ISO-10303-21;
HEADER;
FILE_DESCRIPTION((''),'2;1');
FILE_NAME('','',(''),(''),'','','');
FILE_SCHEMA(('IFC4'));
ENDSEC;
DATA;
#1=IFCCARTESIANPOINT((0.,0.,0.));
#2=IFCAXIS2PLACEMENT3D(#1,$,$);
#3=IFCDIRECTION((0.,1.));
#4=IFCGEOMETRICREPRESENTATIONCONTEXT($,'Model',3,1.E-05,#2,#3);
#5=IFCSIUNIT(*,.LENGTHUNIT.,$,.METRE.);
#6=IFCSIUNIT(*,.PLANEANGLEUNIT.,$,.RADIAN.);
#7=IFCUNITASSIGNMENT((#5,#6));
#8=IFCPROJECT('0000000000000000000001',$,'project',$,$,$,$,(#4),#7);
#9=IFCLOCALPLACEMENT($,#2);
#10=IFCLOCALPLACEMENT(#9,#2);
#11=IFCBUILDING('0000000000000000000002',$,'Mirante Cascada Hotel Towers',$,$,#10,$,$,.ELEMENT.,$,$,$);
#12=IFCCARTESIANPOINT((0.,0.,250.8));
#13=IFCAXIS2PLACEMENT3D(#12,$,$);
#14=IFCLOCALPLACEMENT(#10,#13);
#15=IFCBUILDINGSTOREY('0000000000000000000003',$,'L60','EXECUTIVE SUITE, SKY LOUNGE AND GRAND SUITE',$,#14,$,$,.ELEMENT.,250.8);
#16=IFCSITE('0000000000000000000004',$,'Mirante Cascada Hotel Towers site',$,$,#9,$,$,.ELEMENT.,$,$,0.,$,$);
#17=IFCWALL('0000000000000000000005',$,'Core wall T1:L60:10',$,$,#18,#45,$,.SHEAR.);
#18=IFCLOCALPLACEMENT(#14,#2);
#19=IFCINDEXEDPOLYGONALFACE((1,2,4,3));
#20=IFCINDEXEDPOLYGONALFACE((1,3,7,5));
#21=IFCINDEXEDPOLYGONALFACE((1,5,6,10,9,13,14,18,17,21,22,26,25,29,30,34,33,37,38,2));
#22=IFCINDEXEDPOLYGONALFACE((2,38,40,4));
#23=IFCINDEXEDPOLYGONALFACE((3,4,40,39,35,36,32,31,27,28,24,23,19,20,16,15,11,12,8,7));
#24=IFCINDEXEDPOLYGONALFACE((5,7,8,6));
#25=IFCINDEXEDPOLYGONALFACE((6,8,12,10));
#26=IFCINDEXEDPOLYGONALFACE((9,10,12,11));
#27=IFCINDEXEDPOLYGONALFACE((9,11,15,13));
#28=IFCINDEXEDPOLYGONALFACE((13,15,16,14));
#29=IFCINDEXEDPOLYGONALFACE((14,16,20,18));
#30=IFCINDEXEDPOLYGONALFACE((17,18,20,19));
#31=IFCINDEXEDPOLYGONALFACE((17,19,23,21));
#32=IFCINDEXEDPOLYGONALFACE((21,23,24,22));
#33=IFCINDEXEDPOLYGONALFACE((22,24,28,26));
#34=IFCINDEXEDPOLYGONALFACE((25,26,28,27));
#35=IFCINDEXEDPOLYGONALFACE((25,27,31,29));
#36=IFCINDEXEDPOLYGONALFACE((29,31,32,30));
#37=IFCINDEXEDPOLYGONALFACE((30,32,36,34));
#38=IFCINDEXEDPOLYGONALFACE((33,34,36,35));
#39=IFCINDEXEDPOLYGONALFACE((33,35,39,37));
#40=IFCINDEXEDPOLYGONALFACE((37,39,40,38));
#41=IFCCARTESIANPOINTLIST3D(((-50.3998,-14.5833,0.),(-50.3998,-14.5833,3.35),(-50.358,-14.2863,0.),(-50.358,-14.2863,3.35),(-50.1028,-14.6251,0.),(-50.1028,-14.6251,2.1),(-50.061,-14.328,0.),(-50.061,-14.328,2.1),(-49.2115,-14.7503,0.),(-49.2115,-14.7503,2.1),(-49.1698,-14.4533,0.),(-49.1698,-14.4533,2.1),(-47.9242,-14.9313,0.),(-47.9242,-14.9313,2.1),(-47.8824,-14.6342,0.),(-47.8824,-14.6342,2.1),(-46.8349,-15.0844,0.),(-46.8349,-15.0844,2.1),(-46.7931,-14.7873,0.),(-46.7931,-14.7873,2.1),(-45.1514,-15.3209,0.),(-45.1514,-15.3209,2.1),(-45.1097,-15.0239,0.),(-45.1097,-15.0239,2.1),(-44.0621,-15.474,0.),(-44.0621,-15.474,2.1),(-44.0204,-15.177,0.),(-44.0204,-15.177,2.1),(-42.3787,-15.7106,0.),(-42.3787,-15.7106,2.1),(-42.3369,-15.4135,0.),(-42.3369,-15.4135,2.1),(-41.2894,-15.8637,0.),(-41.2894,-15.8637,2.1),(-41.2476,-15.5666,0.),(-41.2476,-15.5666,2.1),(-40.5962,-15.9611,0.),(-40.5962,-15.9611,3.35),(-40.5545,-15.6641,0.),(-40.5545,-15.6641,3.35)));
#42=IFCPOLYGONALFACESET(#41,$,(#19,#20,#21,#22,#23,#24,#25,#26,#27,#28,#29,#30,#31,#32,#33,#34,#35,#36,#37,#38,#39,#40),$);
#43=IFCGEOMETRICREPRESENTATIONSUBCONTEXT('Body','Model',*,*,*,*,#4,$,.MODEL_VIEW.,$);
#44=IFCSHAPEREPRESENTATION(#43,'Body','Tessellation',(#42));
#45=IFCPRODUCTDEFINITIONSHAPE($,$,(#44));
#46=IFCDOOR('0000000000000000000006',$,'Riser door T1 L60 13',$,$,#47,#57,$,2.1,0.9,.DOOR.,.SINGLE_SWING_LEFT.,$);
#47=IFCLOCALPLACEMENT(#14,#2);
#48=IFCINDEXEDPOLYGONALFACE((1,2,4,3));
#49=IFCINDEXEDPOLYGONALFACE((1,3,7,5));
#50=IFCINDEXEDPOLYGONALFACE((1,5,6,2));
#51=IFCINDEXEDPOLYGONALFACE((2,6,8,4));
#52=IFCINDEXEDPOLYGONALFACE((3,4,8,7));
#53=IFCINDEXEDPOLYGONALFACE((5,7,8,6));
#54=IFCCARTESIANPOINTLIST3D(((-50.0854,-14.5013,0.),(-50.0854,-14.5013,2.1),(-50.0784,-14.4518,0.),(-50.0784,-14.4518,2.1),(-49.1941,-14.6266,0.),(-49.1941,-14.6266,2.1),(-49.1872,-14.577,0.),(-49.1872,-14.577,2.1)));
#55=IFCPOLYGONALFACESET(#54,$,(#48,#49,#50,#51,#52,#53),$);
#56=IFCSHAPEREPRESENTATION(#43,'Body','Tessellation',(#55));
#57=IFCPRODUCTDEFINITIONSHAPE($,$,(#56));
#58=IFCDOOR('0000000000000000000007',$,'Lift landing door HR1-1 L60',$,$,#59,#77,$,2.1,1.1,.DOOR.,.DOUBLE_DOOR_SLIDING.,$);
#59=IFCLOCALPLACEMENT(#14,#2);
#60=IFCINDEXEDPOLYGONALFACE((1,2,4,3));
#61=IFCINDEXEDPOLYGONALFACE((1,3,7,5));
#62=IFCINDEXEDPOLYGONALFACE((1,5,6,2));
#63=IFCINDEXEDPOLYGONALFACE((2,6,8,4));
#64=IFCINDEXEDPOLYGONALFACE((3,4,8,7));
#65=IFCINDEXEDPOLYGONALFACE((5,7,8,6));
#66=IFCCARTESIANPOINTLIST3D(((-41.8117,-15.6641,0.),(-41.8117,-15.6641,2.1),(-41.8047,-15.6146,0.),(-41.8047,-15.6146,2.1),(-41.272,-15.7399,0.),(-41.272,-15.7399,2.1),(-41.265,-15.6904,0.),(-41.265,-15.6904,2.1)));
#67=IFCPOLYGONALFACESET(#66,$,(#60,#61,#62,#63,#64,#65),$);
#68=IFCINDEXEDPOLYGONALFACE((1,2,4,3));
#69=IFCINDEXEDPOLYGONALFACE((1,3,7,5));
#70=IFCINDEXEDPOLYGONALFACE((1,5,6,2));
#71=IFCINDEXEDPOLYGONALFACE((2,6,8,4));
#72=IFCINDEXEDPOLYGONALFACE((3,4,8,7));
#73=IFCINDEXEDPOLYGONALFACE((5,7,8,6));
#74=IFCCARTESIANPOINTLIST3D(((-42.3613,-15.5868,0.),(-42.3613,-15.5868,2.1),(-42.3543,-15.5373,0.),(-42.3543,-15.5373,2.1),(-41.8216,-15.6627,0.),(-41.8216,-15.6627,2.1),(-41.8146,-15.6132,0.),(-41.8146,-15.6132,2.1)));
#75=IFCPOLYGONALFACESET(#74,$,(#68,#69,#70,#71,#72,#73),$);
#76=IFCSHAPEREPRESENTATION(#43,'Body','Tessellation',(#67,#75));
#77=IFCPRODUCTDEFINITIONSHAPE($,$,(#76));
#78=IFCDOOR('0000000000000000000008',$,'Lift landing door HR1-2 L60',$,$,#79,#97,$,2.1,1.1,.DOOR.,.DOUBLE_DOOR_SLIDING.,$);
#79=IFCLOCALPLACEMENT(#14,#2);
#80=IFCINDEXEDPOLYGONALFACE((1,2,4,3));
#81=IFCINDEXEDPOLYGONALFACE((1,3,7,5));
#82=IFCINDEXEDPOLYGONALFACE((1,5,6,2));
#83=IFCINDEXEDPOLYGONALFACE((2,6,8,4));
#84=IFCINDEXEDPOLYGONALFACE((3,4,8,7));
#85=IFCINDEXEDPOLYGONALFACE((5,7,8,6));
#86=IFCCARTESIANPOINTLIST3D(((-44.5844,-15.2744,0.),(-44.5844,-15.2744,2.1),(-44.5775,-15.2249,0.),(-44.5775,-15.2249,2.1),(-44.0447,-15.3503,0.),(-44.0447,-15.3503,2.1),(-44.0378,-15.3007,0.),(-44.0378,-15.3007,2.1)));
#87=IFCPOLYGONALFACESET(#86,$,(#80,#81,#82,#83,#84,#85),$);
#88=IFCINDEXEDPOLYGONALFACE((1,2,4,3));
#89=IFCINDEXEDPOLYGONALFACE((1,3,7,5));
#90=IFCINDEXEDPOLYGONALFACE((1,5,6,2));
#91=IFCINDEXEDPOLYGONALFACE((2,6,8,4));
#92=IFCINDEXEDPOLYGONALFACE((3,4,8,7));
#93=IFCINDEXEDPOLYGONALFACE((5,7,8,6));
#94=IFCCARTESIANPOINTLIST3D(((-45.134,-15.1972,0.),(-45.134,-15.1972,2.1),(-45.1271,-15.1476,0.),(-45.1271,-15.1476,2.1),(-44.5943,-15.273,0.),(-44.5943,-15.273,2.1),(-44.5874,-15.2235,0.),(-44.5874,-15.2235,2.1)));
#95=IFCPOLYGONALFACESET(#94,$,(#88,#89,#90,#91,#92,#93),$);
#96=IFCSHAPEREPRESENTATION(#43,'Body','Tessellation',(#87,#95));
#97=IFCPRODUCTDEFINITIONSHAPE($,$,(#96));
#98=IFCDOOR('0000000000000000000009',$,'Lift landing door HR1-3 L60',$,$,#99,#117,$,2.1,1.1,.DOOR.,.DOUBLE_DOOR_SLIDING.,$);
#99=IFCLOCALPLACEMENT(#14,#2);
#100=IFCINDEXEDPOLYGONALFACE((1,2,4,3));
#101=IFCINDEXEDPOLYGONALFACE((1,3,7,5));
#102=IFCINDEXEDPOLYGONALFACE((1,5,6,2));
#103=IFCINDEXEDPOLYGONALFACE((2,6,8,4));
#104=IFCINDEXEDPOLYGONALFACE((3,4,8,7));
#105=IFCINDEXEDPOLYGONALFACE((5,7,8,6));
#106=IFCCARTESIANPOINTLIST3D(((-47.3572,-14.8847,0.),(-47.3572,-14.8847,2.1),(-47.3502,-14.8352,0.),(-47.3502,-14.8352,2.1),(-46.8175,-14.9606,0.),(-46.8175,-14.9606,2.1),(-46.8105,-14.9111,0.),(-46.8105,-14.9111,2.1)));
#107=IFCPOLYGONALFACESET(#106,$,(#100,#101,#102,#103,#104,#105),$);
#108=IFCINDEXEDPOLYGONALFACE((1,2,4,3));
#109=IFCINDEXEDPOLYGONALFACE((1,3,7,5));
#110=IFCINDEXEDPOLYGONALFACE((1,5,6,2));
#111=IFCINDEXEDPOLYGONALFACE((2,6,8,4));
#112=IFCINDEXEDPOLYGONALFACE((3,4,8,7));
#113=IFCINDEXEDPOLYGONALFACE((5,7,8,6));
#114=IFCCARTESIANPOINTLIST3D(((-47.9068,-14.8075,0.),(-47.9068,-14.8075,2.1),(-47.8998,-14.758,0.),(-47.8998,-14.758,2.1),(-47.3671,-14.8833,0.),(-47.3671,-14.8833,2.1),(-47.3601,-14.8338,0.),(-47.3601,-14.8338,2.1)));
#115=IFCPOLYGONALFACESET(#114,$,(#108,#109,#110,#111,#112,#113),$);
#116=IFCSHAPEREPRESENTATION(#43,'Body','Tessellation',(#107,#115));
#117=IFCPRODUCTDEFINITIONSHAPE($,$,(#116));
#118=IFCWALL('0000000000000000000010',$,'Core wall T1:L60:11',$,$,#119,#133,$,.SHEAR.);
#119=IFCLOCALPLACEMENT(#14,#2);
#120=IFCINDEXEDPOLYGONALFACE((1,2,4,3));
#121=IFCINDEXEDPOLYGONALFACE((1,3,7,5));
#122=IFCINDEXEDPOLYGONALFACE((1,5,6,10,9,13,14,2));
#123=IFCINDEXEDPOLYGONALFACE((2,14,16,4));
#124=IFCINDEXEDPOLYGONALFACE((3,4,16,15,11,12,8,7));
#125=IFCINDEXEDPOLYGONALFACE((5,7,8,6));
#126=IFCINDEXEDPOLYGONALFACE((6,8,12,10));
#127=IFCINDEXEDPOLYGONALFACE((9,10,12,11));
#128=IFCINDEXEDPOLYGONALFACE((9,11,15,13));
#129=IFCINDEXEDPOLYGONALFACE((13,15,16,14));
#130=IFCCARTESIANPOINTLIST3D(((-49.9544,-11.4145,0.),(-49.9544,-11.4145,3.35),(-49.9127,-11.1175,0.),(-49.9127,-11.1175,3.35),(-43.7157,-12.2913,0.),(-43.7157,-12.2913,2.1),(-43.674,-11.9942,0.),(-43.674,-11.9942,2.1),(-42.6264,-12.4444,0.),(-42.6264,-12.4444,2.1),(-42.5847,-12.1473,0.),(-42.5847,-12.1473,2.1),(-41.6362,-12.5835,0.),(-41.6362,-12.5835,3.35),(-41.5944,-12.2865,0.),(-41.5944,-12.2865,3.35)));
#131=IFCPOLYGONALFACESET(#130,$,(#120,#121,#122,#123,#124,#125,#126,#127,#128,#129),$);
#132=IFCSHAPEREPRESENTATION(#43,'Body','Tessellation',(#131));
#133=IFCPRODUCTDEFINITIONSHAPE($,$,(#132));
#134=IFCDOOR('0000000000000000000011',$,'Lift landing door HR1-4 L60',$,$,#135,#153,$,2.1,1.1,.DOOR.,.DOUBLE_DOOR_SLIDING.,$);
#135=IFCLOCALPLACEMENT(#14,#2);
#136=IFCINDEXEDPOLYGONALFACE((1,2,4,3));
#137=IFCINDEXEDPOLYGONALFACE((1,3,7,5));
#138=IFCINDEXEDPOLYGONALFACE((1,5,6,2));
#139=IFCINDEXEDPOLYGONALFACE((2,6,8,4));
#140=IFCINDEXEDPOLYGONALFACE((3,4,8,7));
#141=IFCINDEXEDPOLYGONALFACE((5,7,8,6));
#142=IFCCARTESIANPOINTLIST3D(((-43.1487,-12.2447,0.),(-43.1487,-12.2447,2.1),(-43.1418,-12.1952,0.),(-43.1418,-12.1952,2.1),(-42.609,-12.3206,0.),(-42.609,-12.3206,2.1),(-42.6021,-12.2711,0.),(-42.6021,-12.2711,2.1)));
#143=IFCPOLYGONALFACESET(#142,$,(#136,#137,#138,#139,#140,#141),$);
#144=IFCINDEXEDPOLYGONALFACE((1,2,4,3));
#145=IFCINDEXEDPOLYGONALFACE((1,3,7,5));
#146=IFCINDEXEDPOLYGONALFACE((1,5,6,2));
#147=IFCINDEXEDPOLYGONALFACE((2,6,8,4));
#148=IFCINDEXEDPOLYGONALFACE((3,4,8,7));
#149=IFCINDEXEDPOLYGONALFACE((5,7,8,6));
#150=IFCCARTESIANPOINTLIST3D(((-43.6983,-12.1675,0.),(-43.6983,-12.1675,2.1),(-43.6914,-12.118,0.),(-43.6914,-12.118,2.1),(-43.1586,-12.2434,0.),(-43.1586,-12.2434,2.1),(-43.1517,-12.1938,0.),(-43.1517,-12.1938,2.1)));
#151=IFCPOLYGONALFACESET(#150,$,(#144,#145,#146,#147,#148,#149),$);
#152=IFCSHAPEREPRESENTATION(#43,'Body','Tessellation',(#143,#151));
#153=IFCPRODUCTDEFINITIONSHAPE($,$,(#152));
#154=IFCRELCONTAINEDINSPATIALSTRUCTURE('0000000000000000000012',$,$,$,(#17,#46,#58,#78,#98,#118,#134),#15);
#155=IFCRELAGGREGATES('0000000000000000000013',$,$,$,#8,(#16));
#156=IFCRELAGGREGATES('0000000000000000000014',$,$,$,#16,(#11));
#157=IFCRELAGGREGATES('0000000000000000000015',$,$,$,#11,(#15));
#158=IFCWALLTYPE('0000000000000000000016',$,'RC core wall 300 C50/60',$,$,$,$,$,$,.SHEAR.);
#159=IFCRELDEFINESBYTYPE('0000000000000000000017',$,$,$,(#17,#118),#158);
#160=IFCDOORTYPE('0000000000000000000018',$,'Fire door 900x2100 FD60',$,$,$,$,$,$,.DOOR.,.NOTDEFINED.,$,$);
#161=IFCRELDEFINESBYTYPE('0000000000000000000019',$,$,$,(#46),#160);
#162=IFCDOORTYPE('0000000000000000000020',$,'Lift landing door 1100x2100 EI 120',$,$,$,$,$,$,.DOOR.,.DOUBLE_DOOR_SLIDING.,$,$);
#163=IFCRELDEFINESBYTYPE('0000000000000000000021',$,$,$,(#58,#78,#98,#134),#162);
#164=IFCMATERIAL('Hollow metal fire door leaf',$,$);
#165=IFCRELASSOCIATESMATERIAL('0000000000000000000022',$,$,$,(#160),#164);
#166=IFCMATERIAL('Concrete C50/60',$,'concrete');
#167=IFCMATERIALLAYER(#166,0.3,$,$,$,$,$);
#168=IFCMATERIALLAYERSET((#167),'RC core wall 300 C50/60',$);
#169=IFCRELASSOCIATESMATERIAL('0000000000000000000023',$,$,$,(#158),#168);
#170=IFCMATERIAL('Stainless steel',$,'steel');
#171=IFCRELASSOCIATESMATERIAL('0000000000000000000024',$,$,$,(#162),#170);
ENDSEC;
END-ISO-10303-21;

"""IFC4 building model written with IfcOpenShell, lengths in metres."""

from ifc_helpers import new_model, si_unit, direction, frame, frame_2d, origin, place, context, subcontext, project, spatial, rectangle, extrude, material, layer, layer_set, type_object, element, fill, save


model = new_model("IFC4")

# Units and contexts
model_context = context("Model", 3, precision=1e-05, world=origin(), true_north=direction((0.0, 1.0)))
body_context = subcontext(model_context, "Body", "Model", "MODEL_VIEW")
ifc_project = project(units=[si_unit("LENGTHUNIT", "METRE"), si_unit("PLANEANGLEUNIT", "RADIAN")], contexts=[model_context])

# Site, building, storey
site_placement = place(None, origin())
site = spatial("IfcSite", under=ifc_project, at=site_placement, Name="Mirante Cascada Hotel Towers site", CompositionType="ELEMENT", RefElevation=0.0)
building_placement = place(site_placement, origin())
building = spatial("IfcBuilding", under=site, at=building_placement, Name="Mirante Cascada Hotel Towers", CompositionType="ELEMENT")
storey_placement = place(building_placement, frame((0.0, 0.0, 250.8)))
storey = spatial("IfcBuildingStorey", under=building, at=storey_placement, Name="L60", Description="EXECUTIVE SUITE, SKY LOUNGE AND GRAND SUITE", CompositionType="ELEMENT", Elevation=250.8)

# Shared definitions
ifc_material_1 = material(Name="Hollow metal fire door leaf")
door_type_1 = type_object("IfcDoorType", Name="Fire door 900x2100 FD60", OperationType="NOTDEFINED", PredefinedType="DOOR", material=ifc_material_1)

# Shared definitions
ifc_material_2 = material(Name="Concrete C50/60", Category="concrete")
ifc_layer_1 = layer(ifc_material_2, 0.3)
ifc_layer_set_1 = layer_set([ifc_layer_1], Name="RC core wall 300 C50/60")
wall_type_1 = type_object("IfcWallType", Name="RC core wall 300 C50/60", PredefinedType="SHEAR", material=ifc_layer_set_1)

# Wall, openings, doors
wall_1_placement = place(storey_placement, frame((-40.5753, -15.8126, 0.0), z_axis=(0.0, 0.0, 1.0), x_axis=(-0.990268, 0.139173, 0.0)))
wall_1 = element("IfcWall", 1, at=wall_1_placement, inside=storey, type_object=wall_type_1, Name="Core wall T1:L60:10", PredefinedType="SHEAR", context=body_context, shape_type="SweptSolid", body=[
    extrude(rectangle(XDim=9.8999, YDim=0.3, at=frame_2d((4.95, 0.0))), origin(), (0.0, 0.0, 1.0), 3.35),
])
opening_1_placement = place(wall_1_placement, frame((0.7, 0.0, 0.0)))
opening_1 = element("IfcOpeningElement", 2, at=opening_1_placement, cuts=wall_1, PredefinedType="OPENING", context=body_context, shape_type="SweptSolid", body=[
    extrude(rectangle(XDim=1.1, YDim=2.1, at=frame_2d((0.55, 1.05))), frame((0.0, 0.15, 0.0), z_axis=(0.0, -1.0, 0.0), x_axis=(1.0, 0.0, 0.0)), (0.0, 0.0, 1.0), 0.3),
])
opening_2_placement = place(wall_1_placement, frame((3.5, 0.0, 0.0)))
opening_2 = element("IfcOpeningElement", 3, at=opening_2_placement, cuts=wall_1, PredefinedType="OPENING", context=body_context, shape_type="SweptSolid", body=[
    extrude(rectangle(XDim=1.1, YDim=2.1, at=frame_2d((0.55, 1.05))), frame((0.0, 0.15, 0.0), z_axis=(0.0, -1.0, 0.0), x_axis=(1.0, 0.0, 0.0)), (0.0, 0.0, 1.0), 0.3),
])
opening_3_placement = place(wall_1_placement, frame((6.3, 0.0, 0.0)))
opening_3 = element("IfcOpeningElement", 4, at=opening_3_placement, cuts=wall_1, PredefinedType="OPENING", context=body_context, shape_type="SweptSolid", body=[
    extrude(rectangle(XDim=1.1, YDim=2.1, at=frame_2d((0.55, 1.05))), frame((0.0, 0.15, 0.0), z_axis=(0.0, -1.0, 0.0), x_axis=(1.0, 0.0, 0.0)), (0.0, 0.0, 1.0), 0.3),
])
opening_4_placement = place(wall_1_placement, frame((8.7, 0.0, 0.0)))
opening_4 = element("IfcOpeningElement", 5, at=opening_4_placement, cuts=wall_1, PredefinedType="OPENING", context=body_context, shape_type="SweptSolid", body=[
    extrude(rectangle(XDim=0.9, YDim=2.1, at=frame_2d((0.45, 1.05))), frame((0.0, 0.15, 0.0), z_axis=(0.0, -1.0, 0.0), x_axis=(1.0, 0.0, 0.0)), (0.0, 0.0, 1.0), 0.3),
])
door_1_placement = place(opening_4_placement, origin())
door_1 = element("IfcDoor", 6, at=door_1_placement, inside=storey, type_object=door_type_1, Name="Riser door T1 L60 13", OperationType="SINGLE_SWING_LEFT", OverallHeight=2.1, OverallWidth=0.9, PredefinedType="DOOR", context=body_context, shape_type="SweptSolid", body=[
    extrude(rectangle(XDim=0.9, YDim=2.1, at=frame_2d((0.45, 1.05))), frame((0.0, 0.025, 0.0), z_axis=(0.0, -1.0, 0.0), x_axis=(1.0, 0.0, 0.0)), (0.0, 0.0, 1.0), 0.05),
])
fill(opening_4, door_1)
ifc_material_3 = material(Name="Stainless steel", Category="steel")
door_type_2 = type_object("IfcDoorType", Name="Lift landing door 1100x2100 EI 120", OperationType="DOUBLE_DOOR_SLIDING", PredefinedType="DOOR", material=ifc_material_3)
door_2_placement = place(opening_1_placement, origin())
door_2 = element("IfcDoor", 7, at=door_2_placement, inside=storey, type_object=door_type_2, Name="Lift landing door HR1-1 L60", OperationType="DOUBLE_DOOR_SLIDING", OverallHeight=2.1, OverallWidth=1.1, PredefinedType="DOOR", context=body_context, shape_type="SweptSolid", body=[
    extrude(rectangle(XDim=0.545, YDim=2.1, at=frame_2d((0.2725, 1.05))), frame((0.0, 0.025, 0.0), z_axis=(0.0, -1.0, 0.0), x_axis=(1.0, 0.0, 0.0)), (0.0, 0.0, 1.0), 0.05),
    extrude(rectangle(XDim=0.545, YDim=2.1, at=frame_2d((0.8275, 1.05))), frame((0.0, 0.025, 0.0), z_axis=(0.0, -1.0, 0.0), x_axis=(1.0, 0.0, 0.0)), (0.0, 0.0, 1.0), 0.05),
])
fill(opening_1, door_2)
door_3_placement = place(opening_2_placement, origin())
door_3 = element("IfcDoor", 8, at=door_3_placement, inside=storey, type_object=door_type_2, Name="Lift landing door HR1-2 L60", OperationType="DOUBLE_DOOR_SLIDING", OverallHeight=2.1, OverallWidth=1.1, PredefinedType="DOOR", context=body_context, shape_type="SweptSolid", body=[
    extrude(rectangle(XDim=0.545, YDim=2.1, at=frame_2d((0.2725, 1.05))), frame((0.0, 0.025, 0.0), z_axis=(0.0, -1.0, 0.0), x_axis=(1.0, 0.0, 0.0)), (0.0, 0.0, 1.0), 0.05),
    extrude(rectangle(XDim=0.545, YDim=2.1, at=frame_2d((0.8275, 1.05))), frame((0.0, 0.025, 0.0), z_axis=(0.0, -1.0, 0.0), x_axis=(1.0, 0.0, 0.0)), (0.0, 0.0, 1.0), 0.05),
])
fill(opening_2, door_3)
door_4_placement = place(opening_3_placement, origin())
door_4 = element("IfcDoor", 9, at=door_4_placement, inside=storey, type_object=door_type_2, Name="Lift landing door HR1-3 L60", OperationType="DOUBLE_DOOR_SLIDING", OverallHeight=2.1, OverallWidth=1.1, PredefinedType="DOOR", context=body_context, shape_type="SweptSolid", body=[
    extrude(rectangle(XDim=0.545, YDim=2.1, at=frame_2d((0.2725, 1.05))), frame((0.0, 0.025, 0.0), z_axis=(0.0, -1.0, 0.0), x_axis=(1.0, 0.0, 0.0)), (0.0, 0.0, 1.0), 0.05),
    extrude(rectangle(XDim=0.545, YDim=2.1, at=frame_2d((0.8275, 1.05))), frame((0.0, 0.025, 0.0), z_axis=(0.0, -1.0, 0.0), x_axis=(1.0, 0.0, 0.0)), (0.0, 0.0, 1.0), 0.05),
])
fill(opening_3, door_4)

# Wall, opening, door
wall_2_placement = place(storey_placement, frame((-41.6153, -12.435, 0.0), z_axis=(0.0, 0.0, 1.0), x_axis=(-0.990269, 0.139166, 0.0)))
wall_2 = element("IfcWall", 10, at=wall_2_placement, inside=storey, type_object=wall_type_1, Name="Core wall T1:L60:11", PredefinedType="SHEAR", context=body_context, shape_type="SweptSolid", body=[
    extrude(rectangle(XDim=8.4, YDim=0.3, at=frame_2d((4.2, 0.0))), origin(), (0.0, 0.0, 1.0), 3.35),
])
opening_5_placement = place(wall_2_placement, frame((1.0, 0.0, 0.0)))
opening_5 = element("IfcOpeningElement", 11, at=opening_5_placement, cuts=wall_2, PredefinedType="OPENING", context=body_context, shape_type="SweptSolid", body=[
    extrude(rectangle(XDim=1.1, YDim=2.1, at=frame_2d((0.55, 1.05))), frame((0.0, 0.15, 0.0), z_axis=(0.0, -1.0, 0.0), x_axis=(1.0, 0.0, 0.0)), (0.0, 0.0, 1.0), 0.3),
])
door_5_placement = place(opening_5_placement, origin())
door_5 = element("IfcDoor", 12, at=door_5_placement, inside=storey, type_object=door_type_2, Name="Lift landing door HR1-4 L60", OperationType="DOUBLE_DOOR_SLIDING", OverallHeight=2.1, OverallWidth=1.1, PredefinedType="DOOR", context=body_context, shape_type="SweptSolid", body=[
    extrude(rectangle(XDim=0.545, YDim=2.1, at=frame_2d((0.2725, 1.05))), frame((0.0, 0.025, 0.0), z_axis=(0.0, -1.0, 0.0), x_axis=(1.0, 0.0, 0.0)), (0.0, 0.0, 1.0), 0.05),
    extrude(rectangle(XDim=0.545, YDim=2.1, at=frame_2d((0.8275, 1.05))), frame((0.0, 0.025, 0.0), z_axis=(0.0, -1.0, 0.0), x_axis=(1.0, 0.0, 0.0)), (0.0, 0.0, 1.0), 0.05),
])
fill(opening_5, door_5)

save(model, "model.ifc")
